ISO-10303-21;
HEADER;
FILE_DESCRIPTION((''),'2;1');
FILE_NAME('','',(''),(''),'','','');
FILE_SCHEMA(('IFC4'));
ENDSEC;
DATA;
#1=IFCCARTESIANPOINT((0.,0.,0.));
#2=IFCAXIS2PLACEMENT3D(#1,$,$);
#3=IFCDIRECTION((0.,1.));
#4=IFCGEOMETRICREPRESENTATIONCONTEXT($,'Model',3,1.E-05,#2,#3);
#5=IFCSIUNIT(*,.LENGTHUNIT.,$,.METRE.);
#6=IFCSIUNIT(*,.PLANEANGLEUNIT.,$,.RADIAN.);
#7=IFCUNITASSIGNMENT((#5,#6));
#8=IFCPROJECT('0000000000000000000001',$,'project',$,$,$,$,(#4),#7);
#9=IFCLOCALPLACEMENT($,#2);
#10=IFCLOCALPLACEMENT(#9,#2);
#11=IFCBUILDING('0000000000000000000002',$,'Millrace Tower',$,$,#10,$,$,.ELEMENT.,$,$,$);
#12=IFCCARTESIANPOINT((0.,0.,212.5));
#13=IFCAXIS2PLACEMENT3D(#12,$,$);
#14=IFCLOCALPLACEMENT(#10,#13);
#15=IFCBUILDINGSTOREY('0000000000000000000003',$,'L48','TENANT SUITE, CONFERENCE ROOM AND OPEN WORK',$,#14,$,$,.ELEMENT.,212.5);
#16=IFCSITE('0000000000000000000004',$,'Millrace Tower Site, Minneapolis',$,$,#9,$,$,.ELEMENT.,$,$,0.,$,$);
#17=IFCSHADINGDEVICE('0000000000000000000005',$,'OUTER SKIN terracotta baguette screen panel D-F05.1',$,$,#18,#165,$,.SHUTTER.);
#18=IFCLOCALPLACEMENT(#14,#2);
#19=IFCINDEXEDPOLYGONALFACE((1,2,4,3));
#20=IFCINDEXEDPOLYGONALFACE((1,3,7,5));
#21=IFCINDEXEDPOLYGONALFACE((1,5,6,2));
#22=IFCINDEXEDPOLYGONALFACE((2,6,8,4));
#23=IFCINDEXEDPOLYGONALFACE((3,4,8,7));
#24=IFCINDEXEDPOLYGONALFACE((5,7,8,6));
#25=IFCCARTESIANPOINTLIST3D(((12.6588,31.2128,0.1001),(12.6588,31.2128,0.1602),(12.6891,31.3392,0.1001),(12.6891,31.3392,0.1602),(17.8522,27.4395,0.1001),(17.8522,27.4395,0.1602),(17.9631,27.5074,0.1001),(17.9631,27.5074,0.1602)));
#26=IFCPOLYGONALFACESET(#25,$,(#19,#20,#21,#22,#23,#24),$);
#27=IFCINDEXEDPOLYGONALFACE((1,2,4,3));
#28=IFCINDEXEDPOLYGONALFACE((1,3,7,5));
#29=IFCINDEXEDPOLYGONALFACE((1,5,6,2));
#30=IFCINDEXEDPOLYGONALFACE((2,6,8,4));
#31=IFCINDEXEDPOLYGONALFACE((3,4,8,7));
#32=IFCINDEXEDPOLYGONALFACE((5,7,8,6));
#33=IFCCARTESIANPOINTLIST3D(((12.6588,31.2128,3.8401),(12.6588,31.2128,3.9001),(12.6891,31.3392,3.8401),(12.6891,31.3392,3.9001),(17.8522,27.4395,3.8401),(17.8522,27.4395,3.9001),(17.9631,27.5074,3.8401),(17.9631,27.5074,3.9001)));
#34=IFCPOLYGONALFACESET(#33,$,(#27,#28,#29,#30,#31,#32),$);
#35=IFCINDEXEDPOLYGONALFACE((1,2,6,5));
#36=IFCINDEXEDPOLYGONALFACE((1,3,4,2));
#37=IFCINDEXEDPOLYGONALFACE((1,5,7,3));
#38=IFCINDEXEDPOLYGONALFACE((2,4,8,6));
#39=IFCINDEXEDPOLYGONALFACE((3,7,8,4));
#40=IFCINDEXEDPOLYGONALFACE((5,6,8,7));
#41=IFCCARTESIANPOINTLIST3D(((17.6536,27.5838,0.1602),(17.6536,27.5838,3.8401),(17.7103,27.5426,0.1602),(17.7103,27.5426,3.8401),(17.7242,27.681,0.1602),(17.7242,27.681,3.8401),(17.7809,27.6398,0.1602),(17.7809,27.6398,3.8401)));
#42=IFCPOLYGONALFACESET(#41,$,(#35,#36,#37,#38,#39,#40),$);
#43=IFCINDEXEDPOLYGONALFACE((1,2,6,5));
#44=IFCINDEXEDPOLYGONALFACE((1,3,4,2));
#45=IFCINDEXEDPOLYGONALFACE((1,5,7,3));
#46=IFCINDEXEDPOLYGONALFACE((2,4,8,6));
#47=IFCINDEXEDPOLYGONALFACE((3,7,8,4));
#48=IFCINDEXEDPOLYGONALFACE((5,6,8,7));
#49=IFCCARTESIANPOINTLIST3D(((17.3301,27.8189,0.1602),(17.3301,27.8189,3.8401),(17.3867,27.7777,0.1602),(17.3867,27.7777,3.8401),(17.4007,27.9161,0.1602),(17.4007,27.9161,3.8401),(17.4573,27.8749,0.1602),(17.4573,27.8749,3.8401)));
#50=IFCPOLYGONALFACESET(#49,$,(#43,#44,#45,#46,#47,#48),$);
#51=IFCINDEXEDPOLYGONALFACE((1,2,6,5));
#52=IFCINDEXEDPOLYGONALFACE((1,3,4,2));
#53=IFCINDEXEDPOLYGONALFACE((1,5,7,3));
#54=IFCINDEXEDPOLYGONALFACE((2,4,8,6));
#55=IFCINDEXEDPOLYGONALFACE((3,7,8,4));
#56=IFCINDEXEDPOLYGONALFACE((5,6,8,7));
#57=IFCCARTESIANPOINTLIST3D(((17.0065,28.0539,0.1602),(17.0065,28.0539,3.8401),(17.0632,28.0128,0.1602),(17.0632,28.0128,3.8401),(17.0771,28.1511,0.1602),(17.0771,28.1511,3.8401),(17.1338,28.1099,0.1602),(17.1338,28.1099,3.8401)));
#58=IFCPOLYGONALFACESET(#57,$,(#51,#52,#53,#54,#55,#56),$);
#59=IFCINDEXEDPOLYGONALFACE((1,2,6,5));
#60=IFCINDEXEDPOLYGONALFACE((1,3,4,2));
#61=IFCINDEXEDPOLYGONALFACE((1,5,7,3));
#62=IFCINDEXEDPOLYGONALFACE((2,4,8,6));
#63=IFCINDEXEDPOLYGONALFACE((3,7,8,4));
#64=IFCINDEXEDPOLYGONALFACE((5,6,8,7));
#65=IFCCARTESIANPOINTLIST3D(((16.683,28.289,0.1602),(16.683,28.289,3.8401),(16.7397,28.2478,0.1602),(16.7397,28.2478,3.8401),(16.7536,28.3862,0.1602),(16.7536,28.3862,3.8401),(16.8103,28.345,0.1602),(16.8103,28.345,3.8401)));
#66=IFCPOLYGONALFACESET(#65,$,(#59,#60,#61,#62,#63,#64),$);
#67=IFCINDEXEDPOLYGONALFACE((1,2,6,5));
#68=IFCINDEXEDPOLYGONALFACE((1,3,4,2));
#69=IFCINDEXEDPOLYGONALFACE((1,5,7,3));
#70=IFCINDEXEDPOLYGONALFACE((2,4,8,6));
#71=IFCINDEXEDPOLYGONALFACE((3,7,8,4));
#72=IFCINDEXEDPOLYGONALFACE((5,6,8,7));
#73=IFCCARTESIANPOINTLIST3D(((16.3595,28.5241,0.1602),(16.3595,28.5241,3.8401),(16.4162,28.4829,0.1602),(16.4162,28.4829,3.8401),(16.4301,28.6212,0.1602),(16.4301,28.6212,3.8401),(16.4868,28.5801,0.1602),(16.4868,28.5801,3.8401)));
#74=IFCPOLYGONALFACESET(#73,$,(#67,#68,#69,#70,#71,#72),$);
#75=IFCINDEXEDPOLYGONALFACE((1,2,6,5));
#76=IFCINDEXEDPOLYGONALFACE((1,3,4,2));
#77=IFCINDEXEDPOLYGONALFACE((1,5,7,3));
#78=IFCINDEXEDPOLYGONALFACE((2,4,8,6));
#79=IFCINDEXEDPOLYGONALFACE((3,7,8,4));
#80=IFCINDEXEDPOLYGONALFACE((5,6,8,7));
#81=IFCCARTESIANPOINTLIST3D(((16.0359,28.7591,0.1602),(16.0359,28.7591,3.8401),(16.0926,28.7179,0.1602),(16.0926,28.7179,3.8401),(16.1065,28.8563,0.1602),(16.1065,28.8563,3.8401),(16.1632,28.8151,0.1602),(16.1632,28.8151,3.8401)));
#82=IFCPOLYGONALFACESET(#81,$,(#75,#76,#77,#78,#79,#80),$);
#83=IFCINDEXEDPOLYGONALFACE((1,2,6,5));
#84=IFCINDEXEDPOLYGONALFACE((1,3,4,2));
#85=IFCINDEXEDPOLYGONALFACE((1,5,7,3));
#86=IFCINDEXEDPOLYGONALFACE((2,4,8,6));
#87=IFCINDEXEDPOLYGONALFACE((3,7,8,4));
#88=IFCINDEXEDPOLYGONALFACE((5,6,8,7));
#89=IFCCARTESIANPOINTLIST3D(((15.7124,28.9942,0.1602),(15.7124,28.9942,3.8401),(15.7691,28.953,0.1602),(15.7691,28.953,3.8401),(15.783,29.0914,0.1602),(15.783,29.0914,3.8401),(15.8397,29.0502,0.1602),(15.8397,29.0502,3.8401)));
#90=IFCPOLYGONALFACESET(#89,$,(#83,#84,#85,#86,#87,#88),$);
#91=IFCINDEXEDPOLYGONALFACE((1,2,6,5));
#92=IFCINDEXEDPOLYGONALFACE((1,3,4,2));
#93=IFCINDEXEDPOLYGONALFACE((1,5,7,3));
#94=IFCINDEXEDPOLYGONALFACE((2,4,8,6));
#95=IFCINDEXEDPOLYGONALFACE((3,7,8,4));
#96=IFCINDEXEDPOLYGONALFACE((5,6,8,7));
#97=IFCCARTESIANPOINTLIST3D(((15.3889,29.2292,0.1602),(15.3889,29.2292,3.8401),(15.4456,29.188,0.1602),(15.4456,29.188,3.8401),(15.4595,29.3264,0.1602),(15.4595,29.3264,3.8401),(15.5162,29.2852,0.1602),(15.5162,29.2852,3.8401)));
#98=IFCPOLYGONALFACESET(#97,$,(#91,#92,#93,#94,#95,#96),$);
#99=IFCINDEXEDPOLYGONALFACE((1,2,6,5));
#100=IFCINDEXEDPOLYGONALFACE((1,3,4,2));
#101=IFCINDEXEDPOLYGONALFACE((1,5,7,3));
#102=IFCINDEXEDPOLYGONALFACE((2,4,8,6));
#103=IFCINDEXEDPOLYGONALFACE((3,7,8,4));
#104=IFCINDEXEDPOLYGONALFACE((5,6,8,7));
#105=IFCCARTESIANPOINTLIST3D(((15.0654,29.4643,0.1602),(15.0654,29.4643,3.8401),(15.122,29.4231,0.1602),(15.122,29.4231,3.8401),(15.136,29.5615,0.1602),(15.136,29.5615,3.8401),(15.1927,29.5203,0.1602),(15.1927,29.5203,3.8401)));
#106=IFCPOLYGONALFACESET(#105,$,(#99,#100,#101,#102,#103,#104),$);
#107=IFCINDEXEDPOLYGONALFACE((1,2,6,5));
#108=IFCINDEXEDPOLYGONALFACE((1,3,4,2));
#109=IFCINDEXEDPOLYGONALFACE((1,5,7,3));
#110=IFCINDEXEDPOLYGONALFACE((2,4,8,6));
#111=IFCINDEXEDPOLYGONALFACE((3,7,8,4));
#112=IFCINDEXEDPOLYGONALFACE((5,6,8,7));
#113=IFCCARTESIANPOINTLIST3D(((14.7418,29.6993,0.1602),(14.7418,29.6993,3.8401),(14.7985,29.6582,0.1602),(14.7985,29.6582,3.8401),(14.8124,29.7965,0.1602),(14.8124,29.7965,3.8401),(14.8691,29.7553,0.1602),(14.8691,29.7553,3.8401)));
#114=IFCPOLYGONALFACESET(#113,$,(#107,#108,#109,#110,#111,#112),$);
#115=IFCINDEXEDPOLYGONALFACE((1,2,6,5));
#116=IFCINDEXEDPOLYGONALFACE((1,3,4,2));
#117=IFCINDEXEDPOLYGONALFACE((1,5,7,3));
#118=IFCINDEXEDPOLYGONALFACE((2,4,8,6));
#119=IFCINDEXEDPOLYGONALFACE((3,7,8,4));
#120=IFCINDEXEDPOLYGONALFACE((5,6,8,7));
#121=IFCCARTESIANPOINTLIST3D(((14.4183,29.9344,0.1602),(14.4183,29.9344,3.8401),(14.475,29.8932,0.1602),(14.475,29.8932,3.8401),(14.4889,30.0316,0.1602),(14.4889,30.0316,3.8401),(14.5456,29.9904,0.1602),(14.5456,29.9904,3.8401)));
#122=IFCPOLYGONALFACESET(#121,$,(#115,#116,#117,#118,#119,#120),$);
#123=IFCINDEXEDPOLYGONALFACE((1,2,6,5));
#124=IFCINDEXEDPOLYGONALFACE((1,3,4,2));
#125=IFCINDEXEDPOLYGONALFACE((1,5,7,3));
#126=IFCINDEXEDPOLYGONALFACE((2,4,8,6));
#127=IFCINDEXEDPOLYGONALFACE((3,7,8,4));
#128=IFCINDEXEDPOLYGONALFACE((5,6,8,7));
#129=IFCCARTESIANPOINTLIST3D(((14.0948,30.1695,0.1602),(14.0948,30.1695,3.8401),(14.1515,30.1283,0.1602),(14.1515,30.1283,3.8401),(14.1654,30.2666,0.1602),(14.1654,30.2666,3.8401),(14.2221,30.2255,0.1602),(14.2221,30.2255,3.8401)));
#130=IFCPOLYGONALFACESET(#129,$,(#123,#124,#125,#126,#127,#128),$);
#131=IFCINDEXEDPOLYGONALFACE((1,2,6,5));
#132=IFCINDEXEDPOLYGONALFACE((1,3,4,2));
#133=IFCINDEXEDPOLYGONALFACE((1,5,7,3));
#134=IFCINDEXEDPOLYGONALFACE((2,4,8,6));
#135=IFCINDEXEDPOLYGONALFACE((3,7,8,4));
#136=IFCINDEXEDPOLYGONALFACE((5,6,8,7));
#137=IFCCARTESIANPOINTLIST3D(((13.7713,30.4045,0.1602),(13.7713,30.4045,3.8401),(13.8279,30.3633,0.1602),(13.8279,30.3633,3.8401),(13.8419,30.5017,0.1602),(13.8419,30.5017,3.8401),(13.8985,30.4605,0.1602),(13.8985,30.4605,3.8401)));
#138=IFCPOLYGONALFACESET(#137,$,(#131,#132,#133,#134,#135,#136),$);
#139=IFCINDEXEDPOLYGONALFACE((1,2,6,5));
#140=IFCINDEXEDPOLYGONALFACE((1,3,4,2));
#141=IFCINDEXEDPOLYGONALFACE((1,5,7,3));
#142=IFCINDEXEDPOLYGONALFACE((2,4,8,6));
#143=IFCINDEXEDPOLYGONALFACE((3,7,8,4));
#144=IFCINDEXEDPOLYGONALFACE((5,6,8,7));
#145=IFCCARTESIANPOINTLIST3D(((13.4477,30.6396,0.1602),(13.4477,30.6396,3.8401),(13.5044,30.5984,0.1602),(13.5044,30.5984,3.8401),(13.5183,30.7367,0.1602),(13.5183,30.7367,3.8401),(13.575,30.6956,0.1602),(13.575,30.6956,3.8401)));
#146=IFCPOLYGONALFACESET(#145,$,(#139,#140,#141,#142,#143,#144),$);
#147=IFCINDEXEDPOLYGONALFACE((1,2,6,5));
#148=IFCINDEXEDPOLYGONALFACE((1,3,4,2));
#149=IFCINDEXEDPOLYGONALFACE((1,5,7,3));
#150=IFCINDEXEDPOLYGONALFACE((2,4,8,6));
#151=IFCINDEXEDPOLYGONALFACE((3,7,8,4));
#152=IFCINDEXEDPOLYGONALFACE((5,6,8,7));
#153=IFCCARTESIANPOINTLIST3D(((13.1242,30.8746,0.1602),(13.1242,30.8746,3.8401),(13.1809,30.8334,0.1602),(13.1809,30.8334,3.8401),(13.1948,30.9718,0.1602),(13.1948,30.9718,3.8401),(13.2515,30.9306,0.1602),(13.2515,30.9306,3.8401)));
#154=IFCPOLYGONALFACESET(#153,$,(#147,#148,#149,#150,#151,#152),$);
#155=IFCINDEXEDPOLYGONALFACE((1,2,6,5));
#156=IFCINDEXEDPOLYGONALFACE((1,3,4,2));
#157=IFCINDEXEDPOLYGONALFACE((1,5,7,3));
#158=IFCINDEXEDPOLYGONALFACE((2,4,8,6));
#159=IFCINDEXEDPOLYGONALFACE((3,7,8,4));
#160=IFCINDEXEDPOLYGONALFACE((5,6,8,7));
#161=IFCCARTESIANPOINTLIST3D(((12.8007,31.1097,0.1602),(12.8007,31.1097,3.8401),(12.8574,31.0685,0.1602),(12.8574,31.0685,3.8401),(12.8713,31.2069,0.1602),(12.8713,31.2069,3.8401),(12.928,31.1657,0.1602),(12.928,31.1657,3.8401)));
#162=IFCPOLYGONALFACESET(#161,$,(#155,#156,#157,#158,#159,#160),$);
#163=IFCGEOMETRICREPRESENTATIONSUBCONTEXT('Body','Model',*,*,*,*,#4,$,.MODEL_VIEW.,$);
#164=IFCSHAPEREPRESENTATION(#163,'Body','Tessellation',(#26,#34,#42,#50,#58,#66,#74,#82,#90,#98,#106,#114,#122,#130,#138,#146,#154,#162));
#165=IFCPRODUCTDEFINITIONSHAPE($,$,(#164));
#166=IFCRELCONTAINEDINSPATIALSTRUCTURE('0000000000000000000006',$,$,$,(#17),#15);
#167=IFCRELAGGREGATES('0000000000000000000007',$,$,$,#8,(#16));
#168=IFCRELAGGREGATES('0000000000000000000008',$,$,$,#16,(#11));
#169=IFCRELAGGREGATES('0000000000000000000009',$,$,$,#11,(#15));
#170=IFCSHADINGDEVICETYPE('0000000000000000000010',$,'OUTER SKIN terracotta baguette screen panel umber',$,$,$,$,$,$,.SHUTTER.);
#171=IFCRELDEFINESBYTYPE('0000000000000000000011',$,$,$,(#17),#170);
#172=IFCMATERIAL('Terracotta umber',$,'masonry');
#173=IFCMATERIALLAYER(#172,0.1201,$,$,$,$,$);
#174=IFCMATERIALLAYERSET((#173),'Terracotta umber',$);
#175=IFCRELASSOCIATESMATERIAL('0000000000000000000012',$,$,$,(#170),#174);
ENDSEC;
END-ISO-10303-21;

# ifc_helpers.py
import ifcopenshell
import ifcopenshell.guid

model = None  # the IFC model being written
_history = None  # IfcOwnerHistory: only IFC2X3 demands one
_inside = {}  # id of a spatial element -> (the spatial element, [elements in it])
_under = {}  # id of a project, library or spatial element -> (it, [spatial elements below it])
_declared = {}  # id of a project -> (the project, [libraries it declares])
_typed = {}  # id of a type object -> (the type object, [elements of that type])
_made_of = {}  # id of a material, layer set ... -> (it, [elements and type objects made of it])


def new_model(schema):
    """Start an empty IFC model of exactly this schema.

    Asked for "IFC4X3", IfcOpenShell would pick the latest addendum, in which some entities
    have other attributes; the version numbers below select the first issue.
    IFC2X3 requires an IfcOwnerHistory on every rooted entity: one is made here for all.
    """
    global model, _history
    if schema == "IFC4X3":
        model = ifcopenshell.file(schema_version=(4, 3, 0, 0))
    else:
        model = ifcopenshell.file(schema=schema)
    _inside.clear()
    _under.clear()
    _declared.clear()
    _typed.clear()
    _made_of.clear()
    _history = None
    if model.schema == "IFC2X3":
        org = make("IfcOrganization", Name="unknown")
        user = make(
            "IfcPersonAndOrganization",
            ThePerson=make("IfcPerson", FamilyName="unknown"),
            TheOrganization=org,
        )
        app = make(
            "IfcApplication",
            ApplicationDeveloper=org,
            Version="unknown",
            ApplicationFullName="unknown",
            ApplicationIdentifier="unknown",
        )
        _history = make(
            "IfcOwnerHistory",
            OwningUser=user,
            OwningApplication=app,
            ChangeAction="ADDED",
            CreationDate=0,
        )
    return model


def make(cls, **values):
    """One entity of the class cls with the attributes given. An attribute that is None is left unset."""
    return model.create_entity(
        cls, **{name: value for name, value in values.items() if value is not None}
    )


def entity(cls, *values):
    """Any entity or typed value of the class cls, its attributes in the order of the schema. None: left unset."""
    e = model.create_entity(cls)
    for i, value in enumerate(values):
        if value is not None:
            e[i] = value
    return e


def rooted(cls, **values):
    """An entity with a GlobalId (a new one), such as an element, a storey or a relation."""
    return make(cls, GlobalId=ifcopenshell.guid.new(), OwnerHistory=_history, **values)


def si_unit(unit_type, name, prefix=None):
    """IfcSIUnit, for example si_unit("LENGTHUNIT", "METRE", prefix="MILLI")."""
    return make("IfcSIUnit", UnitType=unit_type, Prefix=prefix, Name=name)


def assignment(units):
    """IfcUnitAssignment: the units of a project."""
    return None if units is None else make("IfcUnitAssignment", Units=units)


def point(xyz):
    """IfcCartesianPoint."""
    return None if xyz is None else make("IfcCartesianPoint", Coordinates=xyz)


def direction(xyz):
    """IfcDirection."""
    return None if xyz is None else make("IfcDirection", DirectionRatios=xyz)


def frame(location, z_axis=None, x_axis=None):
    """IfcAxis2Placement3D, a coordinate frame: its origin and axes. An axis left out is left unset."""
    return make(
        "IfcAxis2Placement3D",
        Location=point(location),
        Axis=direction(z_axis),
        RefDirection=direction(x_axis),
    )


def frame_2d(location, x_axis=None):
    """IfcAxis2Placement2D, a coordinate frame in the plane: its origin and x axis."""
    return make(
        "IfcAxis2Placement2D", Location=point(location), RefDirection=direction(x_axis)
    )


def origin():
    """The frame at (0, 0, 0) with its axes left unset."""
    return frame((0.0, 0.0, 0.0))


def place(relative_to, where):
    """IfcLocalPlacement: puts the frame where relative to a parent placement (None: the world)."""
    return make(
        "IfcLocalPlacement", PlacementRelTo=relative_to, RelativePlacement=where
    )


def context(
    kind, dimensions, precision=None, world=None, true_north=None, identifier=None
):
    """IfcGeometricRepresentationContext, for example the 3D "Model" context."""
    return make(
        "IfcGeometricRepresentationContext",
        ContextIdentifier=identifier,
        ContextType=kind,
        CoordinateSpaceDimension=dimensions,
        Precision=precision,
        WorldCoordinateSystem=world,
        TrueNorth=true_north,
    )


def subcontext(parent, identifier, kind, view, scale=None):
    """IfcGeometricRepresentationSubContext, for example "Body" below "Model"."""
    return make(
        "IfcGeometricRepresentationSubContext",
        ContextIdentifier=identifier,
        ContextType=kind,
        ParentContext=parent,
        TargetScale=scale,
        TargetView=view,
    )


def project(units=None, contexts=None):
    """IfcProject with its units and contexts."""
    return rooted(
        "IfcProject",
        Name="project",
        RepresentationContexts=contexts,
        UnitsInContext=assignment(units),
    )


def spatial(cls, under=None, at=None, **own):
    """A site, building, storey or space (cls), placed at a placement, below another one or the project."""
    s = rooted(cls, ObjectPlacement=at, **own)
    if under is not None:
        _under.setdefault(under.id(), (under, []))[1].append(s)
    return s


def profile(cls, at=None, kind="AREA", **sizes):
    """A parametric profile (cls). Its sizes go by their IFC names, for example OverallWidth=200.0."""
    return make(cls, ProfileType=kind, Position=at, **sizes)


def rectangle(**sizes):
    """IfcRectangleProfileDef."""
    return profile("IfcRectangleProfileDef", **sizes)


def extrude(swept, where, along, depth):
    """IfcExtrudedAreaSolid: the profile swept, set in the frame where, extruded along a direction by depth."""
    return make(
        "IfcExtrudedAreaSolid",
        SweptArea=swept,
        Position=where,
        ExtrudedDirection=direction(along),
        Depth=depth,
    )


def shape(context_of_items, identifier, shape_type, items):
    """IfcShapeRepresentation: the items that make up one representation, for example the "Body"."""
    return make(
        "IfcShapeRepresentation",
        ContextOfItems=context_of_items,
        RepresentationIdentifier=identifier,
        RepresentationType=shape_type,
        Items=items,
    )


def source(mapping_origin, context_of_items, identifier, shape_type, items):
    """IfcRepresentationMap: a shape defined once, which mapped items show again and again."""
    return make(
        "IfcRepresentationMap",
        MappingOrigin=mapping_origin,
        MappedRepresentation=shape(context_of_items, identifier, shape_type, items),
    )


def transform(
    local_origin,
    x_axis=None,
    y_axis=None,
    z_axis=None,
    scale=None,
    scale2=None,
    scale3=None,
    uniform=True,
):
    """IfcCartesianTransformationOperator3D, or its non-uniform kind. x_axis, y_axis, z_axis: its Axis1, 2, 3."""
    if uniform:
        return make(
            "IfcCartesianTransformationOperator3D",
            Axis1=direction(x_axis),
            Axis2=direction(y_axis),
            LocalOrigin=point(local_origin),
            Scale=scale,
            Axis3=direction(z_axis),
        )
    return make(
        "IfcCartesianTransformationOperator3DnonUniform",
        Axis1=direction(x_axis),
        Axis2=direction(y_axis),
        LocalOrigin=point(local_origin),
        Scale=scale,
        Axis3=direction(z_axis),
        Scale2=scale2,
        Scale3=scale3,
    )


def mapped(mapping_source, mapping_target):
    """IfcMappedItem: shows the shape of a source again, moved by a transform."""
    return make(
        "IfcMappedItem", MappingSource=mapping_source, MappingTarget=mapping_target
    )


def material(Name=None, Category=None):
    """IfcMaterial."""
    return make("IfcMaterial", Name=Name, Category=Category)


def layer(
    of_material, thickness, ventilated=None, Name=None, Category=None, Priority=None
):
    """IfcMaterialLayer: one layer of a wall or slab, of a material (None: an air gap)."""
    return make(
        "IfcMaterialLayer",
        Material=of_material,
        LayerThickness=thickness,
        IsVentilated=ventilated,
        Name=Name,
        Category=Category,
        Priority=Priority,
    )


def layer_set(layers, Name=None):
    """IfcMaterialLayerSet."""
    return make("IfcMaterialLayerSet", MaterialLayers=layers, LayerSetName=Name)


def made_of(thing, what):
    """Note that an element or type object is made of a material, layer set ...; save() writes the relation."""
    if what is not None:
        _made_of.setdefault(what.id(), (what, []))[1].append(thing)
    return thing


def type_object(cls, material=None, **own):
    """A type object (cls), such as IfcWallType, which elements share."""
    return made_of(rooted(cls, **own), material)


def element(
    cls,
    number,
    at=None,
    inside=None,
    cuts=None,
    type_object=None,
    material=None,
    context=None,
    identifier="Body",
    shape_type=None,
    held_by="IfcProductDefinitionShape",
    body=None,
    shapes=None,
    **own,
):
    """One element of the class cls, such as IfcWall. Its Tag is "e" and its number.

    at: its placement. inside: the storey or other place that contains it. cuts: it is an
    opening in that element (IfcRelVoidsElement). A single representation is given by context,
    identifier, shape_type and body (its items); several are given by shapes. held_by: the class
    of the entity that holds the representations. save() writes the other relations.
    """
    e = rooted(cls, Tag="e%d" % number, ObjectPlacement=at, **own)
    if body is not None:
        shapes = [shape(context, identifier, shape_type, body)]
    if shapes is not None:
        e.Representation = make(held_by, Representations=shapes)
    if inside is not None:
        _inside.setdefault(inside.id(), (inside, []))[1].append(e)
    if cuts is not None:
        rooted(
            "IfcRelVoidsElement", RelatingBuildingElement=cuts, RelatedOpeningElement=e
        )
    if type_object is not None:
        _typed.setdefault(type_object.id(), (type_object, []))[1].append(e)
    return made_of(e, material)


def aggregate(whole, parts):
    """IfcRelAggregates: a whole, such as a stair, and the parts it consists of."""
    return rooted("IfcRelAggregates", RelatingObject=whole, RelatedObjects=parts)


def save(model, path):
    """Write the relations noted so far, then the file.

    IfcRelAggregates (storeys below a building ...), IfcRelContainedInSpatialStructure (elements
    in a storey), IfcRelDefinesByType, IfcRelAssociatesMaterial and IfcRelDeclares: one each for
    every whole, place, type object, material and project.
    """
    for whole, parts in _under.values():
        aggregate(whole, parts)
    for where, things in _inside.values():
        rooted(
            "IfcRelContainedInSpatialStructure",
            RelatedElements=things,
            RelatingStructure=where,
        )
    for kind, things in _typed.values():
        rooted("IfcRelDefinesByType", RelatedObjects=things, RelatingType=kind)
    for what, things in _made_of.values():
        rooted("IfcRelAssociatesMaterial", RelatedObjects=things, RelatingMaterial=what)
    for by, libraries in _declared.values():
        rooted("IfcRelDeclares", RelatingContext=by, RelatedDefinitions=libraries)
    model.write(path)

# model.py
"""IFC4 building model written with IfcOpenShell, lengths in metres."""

from ifc_helpers import new_model, entity, si_unit, direction, frame, frame_2d, origin, place, context, subcontext, project, spatial, rectangle, extrude, source, transform, mapped, material, layer, layer_set, type_object, element, save


model = new_model("IFC4")

# Units and contexts
model_context = context("Model", 3, precision=1e-05, world=origin(), true_north=direction((0.0, 1.0)))
body_context = subcontext(model_context, "Body", "Model", "MODEL_VIEW")
ifc_project = project(units=[si_unit("LENGTHUNIT", "METRE"), si_unit("PLANEANGLEUNIT", "RADIAN")], contexts=[model_context])

# Site, building, storey
site_placement = place(None, origin())
site = spatial("IfcSite", under=ifc_project, at=site_placement, Name="Millrace Tower Site, Minneapolis", CompositionType="ELEMENT", RefElevation=0.0)
building_placement = place(site_placement, origin())
building = spatial("IfcBuilding", under=site, at=building_placement, Name="Millrace Tower", CompositionType="ELEMENT")
storey_placement = place(building_placement, frame((0.0, 0.0, 212.5)))
storey = spatial("IfcBuildingStorey", under=building, at=storey_placement, Name="L48", Description="TENANT SUITE, CONFERENCE ROOM AND OPEN WORK", CompositionType="ELEMENT", Elevation=212.5)

# Shading device
ifc_material_1 = material(Name="Terracotta umber", Category="masonry")
ifc_layer_1 = layer(ifc_material_1, 0.1201)
ifc_layer_set_1 = layer_set([ifc_layer_1], Name="Terracotta umber")
shading_device_type = type_object("IfcShadingDeviceType", Name="OUTER SKIN terracotta baguette screen panel umber", PredefinedType="SHUTTER", material=ifc_layer_set_1)
cartesian_point_1 = entity("IfcCartesianPoint", [-3.2097, 0.0601])
shared_polyline_1 = entity("IfcPolyline", [cartesian_point_1, entity("IfcCartesianPoint", [3.2097, 0.0601]), entity("IfcCartesianPoint", [3.2595, -0.0601]), entity("IfcCartesianPoint", [-3.2595, -0.0601]), cartesian_point_1])
shared_shape_1 = source(origin(), body_context, "Body", "SweptSolid", [
    entity("IfcExtrudedAreaSolid", entity("IfcArbitraryClosedProfileDef", "AREA", None, shared_polyline_1), entity("IfcAxis2Placement3D", entity("IfcCartesianPoint", [0.0, 0.0, 0.0])), entity("IfcDirection", [0.0, 0.0, 1.0]), 0.0601),
    entity("IfcExtrudedAreaSolid", entity("IfcArbitraryClosedProfileDef", "AREA", None, shared_polyline_1), entity("IfcAxis2Placement3D", entity("IfcCartesianPoint", [0.0, 0.0, 3.74])), entity("IfcDirection", [0.0, 0.0, 1.0]), 0.0601),
    extrude(rectangle(XDim=0.0701, YDim=0.1201, at=frame_2d((-2.9993, 0.0))), frame((0.0, 0.0, 0.0601)), (0.0, 0.0, 1.0), 3.6799),
    extrude(rectangle(XDim=0.0701, YDim=0.1201, at=frame_2d((-2.5994, 0.0))), frame((0.0, 0.0, 0.0601)), (0.0, 0.0, 1.0), 3.6799),
    extrude(rectangle(XDim=0.0701, YDim=0.1201, at=frame_2d((-2.1995, 0.0))), frame((0.0, 0.0, 0.0601)), (0.0, 0.0, 1.0), 3.6799),
    extrude(rectangle(XDim=0.0701, YDim=0.1201, at=frame_2d((-1.7996, 0.0))), frame((0.0, 0.0, 0.0601)), (0.0, 0.0, 1.0), 3.6799),
    extrude(rectangle(XDim=0.0701, YDim=0.1201, at=frame_2d((-1.3997, 0.0))), frame((0.0, 0.0, 0.0601)), (0.0, 0.0, 1.0), 3.6799),
    extrude(rectangle(XDim=0.0701, YDim=0.1201, at=frame_2d((-0.9998, 0.0))), frame((0.0, 0.0, 0.0601)), (0.0, 0.0, 1.0), 3.6799),
    extrude(rectangle(XDim=0.0701, YDim=0.1201, at=frame_2d((-0.5999, 0.0))), frame((0.0, 0.0, 0.0601)), (0.0, 0.0, 1.0), 3.6799),
    extrude(rectangle(XDim=0.0701, YDim=0.1201, at=frame_2d((-0.2, 0.0))), frame((0.0, 0.0, 0.0601)), (0.0, 0.0, 1.0), 3.6799),
    extrude(rectangle(XDim=0.0701, YDim=0.1201, at=frame_2d((0.2, 0.0))), frame((0.0, 0.0, 0.0601)), (0.0, 0.0, 1.0), 3.6799),
    extrude(rectangle(XDim=0.0701, YDim=0.1201, at=frame_2d((0.5999, 0.0))), frame((0.0, 0.0, 0.0601)), (0.0, 0.0, 1.0), 3.6799),
    extrude(rectangle(XDim=0.0701, YDim=0.1201, at=frame_2d((0.9998, 0.0))), frame((0.0, 0.0, 0.0601)), (0.0, 0.0, 1.0), 3.6799),
    extrude(rectangle(XDim=0.0701, YDim=0.1201, at=frame_2d((1.3997, 0.0))), frame((0.0, 0.0, 0.0601)), (0.0, 0.0, 1.0), 3.6799),
    extrude(rectangle(XDim=0.0701, YDim=0.1201, at=frame_2d((1.7996, 0.0))), frame((0.0, 0.0, 0.0601)), (0.0, 0.0, 1.0), 3.6799),
    extrude(rectangle(XDim=0.0701, YDim=0.1201, at=frame_2d((2.1995, 0.0))), frame((0.0, 0.0, 0.0601)), (0.0, 0.0, 1.0), 3.6799),
    extrude(rectangle(XDim=0.0701, YDim=0.1201, at=frame_2d((2.5994, 0.0))), frame((0.0, 0.0, 0.0601)), (0.0, 0.0, 1.0), 3.6799),
    extrude(rectangle(XDim=0.0701, YDim=0.1201, at=frame_2d((2.9993, 0.0))), frame((0.0, 0.0, 0.0601)), (0.0, 0.0, 1.0), 3.6799),
])
shading_device_1_placement = place(storey_placement, frame((15.2908, 29.3748, 0.1001), z_axis=(0.0, 0.0, 1.0), x_axis=(-0.809017, 0.587785, 0.0)))
element("IfcShadingDevice", 1, at=shading_device_1_placement, inside=storey, type_object=shading_device_type, Name="OUTER SKIN terracotta baguette screen panel D-F05.1", PredefinedType="SHUTTER", context=body_context, shape_type="MappedRepresentation", body=[
    mapped(shared_shape_1, transform((0.0, 0.0, 0.0), scale=1.0)),
])

save(model, "model.ifc")
